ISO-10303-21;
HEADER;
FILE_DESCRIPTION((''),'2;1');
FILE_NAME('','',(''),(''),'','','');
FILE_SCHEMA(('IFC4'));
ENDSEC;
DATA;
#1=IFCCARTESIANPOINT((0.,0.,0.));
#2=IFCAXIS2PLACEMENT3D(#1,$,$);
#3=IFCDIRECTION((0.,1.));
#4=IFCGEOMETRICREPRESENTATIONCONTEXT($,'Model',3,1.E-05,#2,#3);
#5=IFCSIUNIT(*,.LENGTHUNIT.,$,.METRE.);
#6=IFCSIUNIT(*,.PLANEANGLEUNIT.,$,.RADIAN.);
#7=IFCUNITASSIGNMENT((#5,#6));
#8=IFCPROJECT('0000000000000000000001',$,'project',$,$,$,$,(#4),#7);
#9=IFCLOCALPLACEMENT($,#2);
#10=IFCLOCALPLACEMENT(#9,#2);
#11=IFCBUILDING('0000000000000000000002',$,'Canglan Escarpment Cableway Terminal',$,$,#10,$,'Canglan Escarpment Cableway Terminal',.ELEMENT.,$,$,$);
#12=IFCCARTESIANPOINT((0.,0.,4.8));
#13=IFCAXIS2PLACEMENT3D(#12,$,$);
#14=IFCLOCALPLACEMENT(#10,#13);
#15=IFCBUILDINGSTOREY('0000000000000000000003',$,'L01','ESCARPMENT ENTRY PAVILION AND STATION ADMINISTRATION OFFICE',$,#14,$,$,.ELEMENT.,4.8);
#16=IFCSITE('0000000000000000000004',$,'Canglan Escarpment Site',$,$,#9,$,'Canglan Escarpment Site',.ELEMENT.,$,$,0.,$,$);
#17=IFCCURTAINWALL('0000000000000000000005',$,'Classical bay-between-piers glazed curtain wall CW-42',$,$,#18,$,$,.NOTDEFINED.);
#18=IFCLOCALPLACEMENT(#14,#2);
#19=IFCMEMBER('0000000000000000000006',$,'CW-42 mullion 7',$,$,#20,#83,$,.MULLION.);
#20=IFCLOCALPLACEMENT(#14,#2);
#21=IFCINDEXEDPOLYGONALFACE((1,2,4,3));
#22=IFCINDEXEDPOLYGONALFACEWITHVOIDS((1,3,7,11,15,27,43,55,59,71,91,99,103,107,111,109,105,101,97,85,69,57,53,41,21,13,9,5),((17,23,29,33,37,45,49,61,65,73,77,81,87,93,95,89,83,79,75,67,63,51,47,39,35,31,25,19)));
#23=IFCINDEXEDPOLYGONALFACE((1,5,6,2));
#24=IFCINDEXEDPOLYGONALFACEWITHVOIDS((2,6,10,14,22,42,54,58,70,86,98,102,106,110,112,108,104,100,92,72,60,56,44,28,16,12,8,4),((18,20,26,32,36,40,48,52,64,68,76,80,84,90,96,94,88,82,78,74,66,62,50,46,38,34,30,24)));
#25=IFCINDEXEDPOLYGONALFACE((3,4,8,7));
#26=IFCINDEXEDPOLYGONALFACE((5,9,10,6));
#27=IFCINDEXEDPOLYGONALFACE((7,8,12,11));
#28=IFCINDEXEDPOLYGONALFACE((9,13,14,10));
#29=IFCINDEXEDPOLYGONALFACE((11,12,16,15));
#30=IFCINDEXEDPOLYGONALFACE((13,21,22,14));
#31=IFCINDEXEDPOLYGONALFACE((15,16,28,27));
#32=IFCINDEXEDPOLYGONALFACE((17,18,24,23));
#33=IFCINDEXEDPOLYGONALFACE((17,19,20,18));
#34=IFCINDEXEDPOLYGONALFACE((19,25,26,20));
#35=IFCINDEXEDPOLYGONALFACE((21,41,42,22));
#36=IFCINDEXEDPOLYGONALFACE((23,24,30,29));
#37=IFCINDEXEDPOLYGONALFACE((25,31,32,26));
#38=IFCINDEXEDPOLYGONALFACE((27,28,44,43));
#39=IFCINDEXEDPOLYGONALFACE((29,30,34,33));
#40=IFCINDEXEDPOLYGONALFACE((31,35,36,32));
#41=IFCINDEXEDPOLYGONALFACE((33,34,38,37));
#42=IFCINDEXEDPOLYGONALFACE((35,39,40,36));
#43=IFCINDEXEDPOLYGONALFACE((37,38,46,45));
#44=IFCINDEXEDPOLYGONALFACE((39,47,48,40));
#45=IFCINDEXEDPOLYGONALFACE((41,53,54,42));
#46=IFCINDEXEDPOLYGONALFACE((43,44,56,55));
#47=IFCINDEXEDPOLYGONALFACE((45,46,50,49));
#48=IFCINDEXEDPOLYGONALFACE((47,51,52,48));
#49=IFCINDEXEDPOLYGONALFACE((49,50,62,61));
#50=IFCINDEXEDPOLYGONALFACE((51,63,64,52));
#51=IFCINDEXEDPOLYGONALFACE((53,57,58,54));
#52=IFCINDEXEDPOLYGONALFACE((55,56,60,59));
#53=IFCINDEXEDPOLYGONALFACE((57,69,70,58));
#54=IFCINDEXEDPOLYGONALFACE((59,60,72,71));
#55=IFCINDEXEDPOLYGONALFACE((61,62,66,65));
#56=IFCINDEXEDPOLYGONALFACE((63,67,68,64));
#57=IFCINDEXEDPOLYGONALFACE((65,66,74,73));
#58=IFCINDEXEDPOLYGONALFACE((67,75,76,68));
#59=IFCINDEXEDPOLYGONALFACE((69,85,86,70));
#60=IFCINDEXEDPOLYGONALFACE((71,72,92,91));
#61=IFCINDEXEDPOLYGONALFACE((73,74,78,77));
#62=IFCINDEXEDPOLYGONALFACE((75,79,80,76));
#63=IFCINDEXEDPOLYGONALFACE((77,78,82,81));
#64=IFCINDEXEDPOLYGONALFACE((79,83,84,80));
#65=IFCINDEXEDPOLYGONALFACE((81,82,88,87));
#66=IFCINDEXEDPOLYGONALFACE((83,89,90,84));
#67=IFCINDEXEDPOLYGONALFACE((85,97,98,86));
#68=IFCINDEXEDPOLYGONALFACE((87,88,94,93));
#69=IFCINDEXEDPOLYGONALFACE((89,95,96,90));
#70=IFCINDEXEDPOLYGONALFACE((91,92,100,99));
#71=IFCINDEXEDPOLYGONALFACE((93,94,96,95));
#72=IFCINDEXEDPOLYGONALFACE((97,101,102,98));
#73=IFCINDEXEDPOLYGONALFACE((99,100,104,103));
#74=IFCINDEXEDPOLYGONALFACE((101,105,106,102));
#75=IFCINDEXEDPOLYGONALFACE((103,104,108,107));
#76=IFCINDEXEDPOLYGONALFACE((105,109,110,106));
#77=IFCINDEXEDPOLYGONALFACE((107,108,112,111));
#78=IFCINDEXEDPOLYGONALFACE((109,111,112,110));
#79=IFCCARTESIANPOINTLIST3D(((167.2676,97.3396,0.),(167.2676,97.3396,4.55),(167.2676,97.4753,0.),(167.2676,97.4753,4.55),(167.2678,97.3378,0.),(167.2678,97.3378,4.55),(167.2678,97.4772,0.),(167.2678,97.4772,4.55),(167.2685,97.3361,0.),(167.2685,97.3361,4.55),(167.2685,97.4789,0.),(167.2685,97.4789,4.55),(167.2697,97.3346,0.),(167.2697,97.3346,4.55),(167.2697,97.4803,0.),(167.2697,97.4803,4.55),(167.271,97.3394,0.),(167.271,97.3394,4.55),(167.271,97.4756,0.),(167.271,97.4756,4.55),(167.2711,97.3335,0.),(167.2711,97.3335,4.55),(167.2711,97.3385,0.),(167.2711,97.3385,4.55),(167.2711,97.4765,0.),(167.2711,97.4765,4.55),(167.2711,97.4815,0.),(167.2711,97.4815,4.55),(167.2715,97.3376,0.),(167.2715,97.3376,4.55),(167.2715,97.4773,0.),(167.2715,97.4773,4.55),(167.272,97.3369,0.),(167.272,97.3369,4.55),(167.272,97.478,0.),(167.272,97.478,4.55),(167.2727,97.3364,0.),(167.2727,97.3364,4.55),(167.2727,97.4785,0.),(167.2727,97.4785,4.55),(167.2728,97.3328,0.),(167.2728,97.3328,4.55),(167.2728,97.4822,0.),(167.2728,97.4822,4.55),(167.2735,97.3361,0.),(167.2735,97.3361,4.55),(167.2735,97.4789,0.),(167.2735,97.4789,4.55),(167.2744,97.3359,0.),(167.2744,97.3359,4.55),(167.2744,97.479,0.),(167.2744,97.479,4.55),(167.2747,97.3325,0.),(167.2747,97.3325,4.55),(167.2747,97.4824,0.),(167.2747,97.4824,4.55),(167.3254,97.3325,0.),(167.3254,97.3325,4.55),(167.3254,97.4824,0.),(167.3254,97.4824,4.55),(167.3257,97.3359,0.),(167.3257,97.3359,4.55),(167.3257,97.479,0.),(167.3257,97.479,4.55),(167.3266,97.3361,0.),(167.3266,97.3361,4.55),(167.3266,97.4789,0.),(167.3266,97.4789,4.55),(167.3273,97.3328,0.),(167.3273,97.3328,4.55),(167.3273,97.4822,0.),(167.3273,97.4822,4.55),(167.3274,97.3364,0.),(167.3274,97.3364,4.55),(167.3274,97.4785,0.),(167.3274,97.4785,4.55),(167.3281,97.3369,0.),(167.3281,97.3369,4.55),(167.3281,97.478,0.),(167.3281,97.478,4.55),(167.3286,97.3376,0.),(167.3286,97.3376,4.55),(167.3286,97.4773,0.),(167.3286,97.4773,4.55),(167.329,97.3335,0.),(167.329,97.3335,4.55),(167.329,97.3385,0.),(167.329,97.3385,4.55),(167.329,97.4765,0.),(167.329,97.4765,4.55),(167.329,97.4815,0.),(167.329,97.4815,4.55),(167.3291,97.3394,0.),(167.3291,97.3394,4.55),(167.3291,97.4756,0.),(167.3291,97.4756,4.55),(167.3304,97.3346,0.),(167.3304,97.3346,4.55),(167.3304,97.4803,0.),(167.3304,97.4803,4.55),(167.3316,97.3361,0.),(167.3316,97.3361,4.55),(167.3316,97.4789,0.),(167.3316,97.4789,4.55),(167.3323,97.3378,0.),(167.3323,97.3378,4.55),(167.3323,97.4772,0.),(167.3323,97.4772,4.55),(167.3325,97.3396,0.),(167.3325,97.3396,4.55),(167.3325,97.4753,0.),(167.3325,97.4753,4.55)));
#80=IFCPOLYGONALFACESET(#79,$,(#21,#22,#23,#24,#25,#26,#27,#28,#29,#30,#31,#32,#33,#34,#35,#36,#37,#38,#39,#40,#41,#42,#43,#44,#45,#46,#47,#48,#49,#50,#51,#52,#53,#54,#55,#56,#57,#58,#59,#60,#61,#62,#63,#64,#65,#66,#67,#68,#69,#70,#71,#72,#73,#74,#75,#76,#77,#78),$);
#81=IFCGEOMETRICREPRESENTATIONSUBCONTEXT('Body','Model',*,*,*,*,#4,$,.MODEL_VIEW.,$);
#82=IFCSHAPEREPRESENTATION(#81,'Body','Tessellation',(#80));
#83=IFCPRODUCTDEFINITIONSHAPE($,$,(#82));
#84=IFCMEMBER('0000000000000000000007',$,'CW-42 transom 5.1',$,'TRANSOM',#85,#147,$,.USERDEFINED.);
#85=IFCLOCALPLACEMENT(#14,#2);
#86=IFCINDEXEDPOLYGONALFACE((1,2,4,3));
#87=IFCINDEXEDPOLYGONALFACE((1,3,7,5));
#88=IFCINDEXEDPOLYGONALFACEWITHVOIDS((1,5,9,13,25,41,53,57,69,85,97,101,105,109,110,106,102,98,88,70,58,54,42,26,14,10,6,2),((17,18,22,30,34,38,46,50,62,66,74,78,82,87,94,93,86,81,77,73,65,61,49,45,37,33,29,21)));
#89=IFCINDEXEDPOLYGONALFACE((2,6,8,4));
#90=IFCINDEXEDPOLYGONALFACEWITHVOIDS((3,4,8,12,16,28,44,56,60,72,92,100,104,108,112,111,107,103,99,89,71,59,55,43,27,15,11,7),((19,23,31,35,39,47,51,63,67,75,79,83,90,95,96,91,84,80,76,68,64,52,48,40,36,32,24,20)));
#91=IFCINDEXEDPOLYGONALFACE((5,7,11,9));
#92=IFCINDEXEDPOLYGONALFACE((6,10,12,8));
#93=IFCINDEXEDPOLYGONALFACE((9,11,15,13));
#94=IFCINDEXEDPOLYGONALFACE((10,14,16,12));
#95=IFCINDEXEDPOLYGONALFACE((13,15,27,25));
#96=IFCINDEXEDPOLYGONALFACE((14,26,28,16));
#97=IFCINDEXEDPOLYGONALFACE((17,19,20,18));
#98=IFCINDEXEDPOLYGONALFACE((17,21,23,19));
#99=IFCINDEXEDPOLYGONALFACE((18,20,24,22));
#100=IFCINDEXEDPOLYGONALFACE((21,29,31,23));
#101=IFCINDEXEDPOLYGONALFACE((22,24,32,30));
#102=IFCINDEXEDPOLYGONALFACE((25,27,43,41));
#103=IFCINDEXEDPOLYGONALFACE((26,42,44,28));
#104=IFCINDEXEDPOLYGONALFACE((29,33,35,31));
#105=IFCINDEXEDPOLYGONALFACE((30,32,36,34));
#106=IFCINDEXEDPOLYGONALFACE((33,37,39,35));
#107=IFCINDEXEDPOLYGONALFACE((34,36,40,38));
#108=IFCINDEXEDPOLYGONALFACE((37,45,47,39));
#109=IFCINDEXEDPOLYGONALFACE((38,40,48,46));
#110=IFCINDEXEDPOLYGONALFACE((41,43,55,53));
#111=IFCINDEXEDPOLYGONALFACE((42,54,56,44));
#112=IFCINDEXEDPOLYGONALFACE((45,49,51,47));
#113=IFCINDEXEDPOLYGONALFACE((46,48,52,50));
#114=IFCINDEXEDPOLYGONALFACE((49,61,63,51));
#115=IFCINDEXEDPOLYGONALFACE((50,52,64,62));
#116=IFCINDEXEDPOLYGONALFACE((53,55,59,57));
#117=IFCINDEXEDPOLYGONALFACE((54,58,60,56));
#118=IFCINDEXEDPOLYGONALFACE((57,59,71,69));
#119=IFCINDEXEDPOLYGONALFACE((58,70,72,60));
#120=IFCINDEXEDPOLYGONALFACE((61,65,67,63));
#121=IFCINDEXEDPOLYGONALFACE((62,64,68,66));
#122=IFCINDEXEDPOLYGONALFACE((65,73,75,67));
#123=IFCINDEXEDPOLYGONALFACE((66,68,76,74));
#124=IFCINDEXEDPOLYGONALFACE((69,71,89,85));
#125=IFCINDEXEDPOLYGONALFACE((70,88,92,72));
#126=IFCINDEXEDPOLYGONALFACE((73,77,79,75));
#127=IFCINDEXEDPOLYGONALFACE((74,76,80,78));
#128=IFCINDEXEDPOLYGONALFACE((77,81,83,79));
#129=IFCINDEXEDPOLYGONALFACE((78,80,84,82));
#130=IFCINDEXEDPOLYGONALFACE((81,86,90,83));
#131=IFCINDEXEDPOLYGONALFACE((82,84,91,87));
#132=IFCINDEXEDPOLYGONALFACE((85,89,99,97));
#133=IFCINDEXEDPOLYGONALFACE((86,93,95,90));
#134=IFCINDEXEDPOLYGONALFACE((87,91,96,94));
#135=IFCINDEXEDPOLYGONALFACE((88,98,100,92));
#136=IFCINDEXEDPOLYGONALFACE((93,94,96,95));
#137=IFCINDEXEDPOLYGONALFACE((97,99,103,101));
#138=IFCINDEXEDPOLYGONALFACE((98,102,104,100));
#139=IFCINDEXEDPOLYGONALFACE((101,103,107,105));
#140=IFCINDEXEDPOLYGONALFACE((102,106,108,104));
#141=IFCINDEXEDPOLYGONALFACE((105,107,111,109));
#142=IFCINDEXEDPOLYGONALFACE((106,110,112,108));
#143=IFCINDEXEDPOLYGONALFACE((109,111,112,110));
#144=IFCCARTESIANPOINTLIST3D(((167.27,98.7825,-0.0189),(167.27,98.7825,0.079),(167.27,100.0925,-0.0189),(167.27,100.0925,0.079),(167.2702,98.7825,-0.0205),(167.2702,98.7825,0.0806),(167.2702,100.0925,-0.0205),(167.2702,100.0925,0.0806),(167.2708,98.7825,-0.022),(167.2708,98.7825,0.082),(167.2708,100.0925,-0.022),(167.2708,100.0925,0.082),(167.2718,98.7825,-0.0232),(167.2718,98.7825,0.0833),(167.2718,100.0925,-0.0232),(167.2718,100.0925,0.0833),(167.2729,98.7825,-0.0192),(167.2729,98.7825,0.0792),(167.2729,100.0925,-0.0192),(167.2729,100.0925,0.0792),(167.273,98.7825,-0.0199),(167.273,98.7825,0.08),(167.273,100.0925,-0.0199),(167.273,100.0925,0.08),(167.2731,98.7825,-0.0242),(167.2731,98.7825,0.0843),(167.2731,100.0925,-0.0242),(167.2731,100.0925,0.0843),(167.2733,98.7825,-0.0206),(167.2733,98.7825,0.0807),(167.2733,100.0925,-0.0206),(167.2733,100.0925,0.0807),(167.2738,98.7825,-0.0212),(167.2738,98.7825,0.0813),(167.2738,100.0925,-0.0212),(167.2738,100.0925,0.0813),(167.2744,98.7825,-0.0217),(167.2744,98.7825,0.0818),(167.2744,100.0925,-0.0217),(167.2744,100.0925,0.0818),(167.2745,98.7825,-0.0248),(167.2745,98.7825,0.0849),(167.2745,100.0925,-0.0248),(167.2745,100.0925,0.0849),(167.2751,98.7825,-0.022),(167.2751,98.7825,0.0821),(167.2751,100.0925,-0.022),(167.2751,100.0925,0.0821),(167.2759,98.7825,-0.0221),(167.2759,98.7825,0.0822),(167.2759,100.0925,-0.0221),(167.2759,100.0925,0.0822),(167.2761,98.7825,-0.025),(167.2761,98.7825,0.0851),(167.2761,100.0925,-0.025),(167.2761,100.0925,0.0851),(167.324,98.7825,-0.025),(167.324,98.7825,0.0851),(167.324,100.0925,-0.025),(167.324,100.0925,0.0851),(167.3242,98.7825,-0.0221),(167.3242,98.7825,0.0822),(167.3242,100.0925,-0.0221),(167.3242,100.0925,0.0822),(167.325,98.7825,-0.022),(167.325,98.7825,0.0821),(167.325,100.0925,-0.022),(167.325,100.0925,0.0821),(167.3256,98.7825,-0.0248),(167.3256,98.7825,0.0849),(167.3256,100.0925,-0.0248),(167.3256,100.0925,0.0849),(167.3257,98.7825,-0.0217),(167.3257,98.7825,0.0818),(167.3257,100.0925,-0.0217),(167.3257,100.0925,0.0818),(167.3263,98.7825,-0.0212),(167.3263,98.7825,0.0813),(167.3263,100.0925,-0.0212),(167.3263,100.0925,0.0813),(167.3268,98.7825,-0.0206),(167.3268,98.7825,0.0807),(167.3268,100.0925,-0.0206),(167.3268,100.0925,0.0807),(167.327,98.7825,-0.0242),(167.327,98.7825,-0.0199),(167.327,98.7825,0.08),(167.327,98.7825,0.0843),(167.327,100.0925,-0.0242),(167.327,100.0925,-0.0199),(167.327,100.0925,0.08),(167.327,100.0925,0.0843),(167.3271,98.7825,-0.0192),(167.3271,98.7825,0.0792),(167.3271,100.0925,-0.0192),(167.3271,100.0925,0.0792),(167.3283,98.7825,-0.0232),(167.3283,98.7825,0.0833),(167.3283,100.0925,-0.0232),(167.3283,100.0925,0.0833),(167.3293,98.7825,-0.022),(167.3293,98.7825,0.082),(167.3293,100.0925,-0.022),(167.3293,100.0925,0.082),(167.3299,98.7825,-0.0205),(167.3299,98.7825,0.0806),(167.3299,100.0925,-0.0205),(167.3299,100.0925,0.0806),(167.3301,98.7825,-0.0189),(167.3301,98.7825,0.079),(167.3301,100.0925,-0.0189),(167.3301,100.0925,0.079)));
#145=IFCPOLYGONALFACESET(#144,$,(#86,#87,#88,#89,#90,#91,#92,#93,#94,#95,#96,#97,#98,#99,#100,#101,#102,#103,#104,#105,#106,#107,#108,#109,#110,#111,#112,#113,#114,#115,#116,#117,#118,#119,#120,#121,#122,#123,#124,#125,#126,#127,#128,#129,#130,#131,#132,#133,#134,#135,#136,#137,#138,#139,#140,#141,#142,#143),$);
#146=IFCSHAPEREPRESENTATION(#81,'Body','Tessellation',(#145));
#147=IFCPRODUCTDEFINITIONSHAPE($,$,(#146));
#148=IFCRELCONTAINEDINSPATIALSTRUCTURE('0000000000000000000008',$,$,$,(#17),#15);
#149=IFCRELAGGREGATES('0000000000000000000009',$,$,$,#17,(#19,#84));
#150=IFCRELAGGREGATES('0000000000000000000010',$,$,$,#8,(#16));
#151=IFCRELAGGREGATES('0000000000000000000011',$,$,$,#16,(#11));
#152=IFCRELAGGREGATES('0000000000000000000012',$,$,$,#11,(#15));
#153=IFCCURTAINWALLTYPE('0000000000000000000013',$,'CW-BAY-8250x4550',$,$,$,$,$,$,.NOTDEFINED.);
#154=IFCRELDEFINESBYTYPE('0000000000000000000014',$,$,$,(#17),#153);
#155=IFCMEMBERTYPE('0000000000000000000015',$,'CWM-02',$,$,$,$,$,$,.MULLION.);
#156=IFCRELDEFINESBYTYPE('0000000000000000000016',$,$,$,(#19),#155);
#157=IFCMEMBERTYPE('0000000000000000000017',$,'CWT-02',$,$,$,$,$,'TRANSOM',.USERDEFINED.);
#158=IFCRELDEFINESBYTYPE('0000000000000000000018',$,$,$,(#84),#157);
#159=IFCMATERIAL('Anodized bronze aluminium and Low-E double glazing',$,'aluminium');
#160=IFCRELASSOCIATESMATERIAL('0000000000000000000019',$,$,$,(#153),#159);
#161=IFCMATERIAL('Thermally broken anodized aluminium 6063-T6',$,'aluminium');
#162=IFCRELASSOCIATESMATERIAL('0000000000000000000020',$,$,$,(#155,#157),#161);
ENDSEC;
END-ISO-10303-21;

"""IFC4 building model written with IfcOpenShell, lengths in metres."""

from ifc_helpers import new_model, si_unit, direction, frame, origin, origin_2d, place, context, subcontext, project, spatial, hollow_rectangle, extrude, material, material_profile, profile_set, type_object, element, aggregate, save


model = new_model("IFC4")

# Units and contexts
model_context = context("Model", 3, precision=1e-05, world=origin(), true_north=direction((0.0, 1.0)))
body_context = subcontext(model_context, "Body", "Model", "MODEL_VIEW")
ifc_project = project(units=[si_unit("LENGTHUNIT", "METRE"), si_unit("PLANEANGLEUNIT", "RADIAN")], contexts=[model_context])

# Site, building, storey
site_placement = place(None, origin())
site = spatial("IfcSite", under=ifc_project, at=site_placement, Name="Canglan Escarpment Site", LongName="Canglan Escarpment Site", CompositionType="ELEMENT", RefElevation=0.0)
building_placement = place(site_placement, origin())
building = spatial("IfcBuilding", under=site, at=building_placement, Name="Canglan Escarpment Cableway Terminal", LongName="Canglan Escarpment Cableway Terminal", CompositionType="ELEMENT")
storey_placement = place(building_placement, frame((0.0, 0.0, 4.8)))
storey = spatial("IfcBuildingStorey", under=building, at=storey_placement, Name="L01", Description="ESCARPMENT ENTRY PAVILION AND STATION ADMINISTRATION OFFICE", CompositionType="ELEMENT", Elevation=4.8)

# Curtain wall, members
ifc_material_1 = material(Name="Anodized bronze aluminium and Low-E double glazing", Category="aluminium")
curtain_wall_type = type_object("IfcCurtainWallType", Name="CW-BAY-8250x4550", PredefinedType="NOTDEFINED", material=ifc_material_1)
curtain_wall_placement = place(storey_placement, origin())
curtain_wall = element("IfcCurtainWall", 1, at=curtain_wall_placement, inside=storey, type_object=curtain_wall_type, Name="Classical bay-between-piers glazed curtain wall CW-42", PredefinedType="NOTDEFINED")
ifc_material_2 = material(Name="Thermally broken anodized aluminium 6063-T6", Category="aluminium")
ifc_material_profile_1 = material_profile(ifc_material_2, hollow_rectangle(XDim=0.0649, YDim=0.1499, WallThickness=0.0034, InnerFilletRadius=0.0034, OuterFilletRadius=0.0071, at=origin_2d()), Name="ALU-MULL 65x150x3.5")
ifc_profile_set_1 = profile_set([ifc_material_profile_1], Name="Thermally broken anodized aluminium 6063-T6")
member_type_1 = type_object("IfcMemberType", Name="CWM-02", PredefinedType="MULLION", material=ifc_profile_set_1)
member_1_placement = place(storey_placement, frame((167.3, 97.4075, 0.0), z_axis=(0.0, 0.0, 1.0), x_axis=(1.0, 0.0, 0.0)))
member_1 = element("IfcMember", 2, at=member_1_placement, type_object=member_type_1, Name="CW-42 mullion 7", PredefinedType="MULLION", context=body_context, shape_type="SweptSolid", body=[
    extrude(hollow_rectangle(XDim=0.0649, YDim=0.1499, WallThickness=0.0034, InnerFilletRadius=0.0034, OuterFilletRadius=0.0071, at=origin_2d()), origin(), (0.0, 0.0, 1.0), 4.55),
])
ifc_material_profile_2 = material_profile(ifc_material_2, hollow_rectangle(XDim=0.0601, YDim=0.1101, WallThickness=0.0029, InnerFilletRadius=0.0029, OuterFilletRadius=0.0061, at=origin_2d()), Name="ALU-TRAN 60x110x3")
ifc_profile_set_2 = profile_set([ifc_material_profile_2], Name="Thermally broken anodized aluminium 6063-T6")
member_type_2 = type_object("IfcMemberType", Name="CWT-02", ElementType="TRANSOM", PredefinedType="USERDEFINED", material=ifc_profile_set_2)
member_2_placement = place(storey_placement, frame((167.3, 100.0925, 0.03), z_axis=(0.0, -1.0, 0.0), x_axis=(1.0, 0.0, 0.0)))
member_2 = element("IfcMember", 3, at=member_2_placement, type_object=member_type_2, Name="CW-42 transom 5.1", ObjectType="TRANSOM", PredefinedType="USERDEFINED", context=body_context, shape_type="SweptSolid", body=[
    extrude(hollow_rectangle(XDim=0.0601, YDim=0.1101, WallThickness=0.0029, InnerFilletRadius=0.0029, OuterFilletRadius=0.0061, at=origin_2d()), origin(), (0.0, 0.0, 1.0), 1.3101),
])
aggregate(curtain_wall, [member_1, member_2])

save(model, "model.ifc")
